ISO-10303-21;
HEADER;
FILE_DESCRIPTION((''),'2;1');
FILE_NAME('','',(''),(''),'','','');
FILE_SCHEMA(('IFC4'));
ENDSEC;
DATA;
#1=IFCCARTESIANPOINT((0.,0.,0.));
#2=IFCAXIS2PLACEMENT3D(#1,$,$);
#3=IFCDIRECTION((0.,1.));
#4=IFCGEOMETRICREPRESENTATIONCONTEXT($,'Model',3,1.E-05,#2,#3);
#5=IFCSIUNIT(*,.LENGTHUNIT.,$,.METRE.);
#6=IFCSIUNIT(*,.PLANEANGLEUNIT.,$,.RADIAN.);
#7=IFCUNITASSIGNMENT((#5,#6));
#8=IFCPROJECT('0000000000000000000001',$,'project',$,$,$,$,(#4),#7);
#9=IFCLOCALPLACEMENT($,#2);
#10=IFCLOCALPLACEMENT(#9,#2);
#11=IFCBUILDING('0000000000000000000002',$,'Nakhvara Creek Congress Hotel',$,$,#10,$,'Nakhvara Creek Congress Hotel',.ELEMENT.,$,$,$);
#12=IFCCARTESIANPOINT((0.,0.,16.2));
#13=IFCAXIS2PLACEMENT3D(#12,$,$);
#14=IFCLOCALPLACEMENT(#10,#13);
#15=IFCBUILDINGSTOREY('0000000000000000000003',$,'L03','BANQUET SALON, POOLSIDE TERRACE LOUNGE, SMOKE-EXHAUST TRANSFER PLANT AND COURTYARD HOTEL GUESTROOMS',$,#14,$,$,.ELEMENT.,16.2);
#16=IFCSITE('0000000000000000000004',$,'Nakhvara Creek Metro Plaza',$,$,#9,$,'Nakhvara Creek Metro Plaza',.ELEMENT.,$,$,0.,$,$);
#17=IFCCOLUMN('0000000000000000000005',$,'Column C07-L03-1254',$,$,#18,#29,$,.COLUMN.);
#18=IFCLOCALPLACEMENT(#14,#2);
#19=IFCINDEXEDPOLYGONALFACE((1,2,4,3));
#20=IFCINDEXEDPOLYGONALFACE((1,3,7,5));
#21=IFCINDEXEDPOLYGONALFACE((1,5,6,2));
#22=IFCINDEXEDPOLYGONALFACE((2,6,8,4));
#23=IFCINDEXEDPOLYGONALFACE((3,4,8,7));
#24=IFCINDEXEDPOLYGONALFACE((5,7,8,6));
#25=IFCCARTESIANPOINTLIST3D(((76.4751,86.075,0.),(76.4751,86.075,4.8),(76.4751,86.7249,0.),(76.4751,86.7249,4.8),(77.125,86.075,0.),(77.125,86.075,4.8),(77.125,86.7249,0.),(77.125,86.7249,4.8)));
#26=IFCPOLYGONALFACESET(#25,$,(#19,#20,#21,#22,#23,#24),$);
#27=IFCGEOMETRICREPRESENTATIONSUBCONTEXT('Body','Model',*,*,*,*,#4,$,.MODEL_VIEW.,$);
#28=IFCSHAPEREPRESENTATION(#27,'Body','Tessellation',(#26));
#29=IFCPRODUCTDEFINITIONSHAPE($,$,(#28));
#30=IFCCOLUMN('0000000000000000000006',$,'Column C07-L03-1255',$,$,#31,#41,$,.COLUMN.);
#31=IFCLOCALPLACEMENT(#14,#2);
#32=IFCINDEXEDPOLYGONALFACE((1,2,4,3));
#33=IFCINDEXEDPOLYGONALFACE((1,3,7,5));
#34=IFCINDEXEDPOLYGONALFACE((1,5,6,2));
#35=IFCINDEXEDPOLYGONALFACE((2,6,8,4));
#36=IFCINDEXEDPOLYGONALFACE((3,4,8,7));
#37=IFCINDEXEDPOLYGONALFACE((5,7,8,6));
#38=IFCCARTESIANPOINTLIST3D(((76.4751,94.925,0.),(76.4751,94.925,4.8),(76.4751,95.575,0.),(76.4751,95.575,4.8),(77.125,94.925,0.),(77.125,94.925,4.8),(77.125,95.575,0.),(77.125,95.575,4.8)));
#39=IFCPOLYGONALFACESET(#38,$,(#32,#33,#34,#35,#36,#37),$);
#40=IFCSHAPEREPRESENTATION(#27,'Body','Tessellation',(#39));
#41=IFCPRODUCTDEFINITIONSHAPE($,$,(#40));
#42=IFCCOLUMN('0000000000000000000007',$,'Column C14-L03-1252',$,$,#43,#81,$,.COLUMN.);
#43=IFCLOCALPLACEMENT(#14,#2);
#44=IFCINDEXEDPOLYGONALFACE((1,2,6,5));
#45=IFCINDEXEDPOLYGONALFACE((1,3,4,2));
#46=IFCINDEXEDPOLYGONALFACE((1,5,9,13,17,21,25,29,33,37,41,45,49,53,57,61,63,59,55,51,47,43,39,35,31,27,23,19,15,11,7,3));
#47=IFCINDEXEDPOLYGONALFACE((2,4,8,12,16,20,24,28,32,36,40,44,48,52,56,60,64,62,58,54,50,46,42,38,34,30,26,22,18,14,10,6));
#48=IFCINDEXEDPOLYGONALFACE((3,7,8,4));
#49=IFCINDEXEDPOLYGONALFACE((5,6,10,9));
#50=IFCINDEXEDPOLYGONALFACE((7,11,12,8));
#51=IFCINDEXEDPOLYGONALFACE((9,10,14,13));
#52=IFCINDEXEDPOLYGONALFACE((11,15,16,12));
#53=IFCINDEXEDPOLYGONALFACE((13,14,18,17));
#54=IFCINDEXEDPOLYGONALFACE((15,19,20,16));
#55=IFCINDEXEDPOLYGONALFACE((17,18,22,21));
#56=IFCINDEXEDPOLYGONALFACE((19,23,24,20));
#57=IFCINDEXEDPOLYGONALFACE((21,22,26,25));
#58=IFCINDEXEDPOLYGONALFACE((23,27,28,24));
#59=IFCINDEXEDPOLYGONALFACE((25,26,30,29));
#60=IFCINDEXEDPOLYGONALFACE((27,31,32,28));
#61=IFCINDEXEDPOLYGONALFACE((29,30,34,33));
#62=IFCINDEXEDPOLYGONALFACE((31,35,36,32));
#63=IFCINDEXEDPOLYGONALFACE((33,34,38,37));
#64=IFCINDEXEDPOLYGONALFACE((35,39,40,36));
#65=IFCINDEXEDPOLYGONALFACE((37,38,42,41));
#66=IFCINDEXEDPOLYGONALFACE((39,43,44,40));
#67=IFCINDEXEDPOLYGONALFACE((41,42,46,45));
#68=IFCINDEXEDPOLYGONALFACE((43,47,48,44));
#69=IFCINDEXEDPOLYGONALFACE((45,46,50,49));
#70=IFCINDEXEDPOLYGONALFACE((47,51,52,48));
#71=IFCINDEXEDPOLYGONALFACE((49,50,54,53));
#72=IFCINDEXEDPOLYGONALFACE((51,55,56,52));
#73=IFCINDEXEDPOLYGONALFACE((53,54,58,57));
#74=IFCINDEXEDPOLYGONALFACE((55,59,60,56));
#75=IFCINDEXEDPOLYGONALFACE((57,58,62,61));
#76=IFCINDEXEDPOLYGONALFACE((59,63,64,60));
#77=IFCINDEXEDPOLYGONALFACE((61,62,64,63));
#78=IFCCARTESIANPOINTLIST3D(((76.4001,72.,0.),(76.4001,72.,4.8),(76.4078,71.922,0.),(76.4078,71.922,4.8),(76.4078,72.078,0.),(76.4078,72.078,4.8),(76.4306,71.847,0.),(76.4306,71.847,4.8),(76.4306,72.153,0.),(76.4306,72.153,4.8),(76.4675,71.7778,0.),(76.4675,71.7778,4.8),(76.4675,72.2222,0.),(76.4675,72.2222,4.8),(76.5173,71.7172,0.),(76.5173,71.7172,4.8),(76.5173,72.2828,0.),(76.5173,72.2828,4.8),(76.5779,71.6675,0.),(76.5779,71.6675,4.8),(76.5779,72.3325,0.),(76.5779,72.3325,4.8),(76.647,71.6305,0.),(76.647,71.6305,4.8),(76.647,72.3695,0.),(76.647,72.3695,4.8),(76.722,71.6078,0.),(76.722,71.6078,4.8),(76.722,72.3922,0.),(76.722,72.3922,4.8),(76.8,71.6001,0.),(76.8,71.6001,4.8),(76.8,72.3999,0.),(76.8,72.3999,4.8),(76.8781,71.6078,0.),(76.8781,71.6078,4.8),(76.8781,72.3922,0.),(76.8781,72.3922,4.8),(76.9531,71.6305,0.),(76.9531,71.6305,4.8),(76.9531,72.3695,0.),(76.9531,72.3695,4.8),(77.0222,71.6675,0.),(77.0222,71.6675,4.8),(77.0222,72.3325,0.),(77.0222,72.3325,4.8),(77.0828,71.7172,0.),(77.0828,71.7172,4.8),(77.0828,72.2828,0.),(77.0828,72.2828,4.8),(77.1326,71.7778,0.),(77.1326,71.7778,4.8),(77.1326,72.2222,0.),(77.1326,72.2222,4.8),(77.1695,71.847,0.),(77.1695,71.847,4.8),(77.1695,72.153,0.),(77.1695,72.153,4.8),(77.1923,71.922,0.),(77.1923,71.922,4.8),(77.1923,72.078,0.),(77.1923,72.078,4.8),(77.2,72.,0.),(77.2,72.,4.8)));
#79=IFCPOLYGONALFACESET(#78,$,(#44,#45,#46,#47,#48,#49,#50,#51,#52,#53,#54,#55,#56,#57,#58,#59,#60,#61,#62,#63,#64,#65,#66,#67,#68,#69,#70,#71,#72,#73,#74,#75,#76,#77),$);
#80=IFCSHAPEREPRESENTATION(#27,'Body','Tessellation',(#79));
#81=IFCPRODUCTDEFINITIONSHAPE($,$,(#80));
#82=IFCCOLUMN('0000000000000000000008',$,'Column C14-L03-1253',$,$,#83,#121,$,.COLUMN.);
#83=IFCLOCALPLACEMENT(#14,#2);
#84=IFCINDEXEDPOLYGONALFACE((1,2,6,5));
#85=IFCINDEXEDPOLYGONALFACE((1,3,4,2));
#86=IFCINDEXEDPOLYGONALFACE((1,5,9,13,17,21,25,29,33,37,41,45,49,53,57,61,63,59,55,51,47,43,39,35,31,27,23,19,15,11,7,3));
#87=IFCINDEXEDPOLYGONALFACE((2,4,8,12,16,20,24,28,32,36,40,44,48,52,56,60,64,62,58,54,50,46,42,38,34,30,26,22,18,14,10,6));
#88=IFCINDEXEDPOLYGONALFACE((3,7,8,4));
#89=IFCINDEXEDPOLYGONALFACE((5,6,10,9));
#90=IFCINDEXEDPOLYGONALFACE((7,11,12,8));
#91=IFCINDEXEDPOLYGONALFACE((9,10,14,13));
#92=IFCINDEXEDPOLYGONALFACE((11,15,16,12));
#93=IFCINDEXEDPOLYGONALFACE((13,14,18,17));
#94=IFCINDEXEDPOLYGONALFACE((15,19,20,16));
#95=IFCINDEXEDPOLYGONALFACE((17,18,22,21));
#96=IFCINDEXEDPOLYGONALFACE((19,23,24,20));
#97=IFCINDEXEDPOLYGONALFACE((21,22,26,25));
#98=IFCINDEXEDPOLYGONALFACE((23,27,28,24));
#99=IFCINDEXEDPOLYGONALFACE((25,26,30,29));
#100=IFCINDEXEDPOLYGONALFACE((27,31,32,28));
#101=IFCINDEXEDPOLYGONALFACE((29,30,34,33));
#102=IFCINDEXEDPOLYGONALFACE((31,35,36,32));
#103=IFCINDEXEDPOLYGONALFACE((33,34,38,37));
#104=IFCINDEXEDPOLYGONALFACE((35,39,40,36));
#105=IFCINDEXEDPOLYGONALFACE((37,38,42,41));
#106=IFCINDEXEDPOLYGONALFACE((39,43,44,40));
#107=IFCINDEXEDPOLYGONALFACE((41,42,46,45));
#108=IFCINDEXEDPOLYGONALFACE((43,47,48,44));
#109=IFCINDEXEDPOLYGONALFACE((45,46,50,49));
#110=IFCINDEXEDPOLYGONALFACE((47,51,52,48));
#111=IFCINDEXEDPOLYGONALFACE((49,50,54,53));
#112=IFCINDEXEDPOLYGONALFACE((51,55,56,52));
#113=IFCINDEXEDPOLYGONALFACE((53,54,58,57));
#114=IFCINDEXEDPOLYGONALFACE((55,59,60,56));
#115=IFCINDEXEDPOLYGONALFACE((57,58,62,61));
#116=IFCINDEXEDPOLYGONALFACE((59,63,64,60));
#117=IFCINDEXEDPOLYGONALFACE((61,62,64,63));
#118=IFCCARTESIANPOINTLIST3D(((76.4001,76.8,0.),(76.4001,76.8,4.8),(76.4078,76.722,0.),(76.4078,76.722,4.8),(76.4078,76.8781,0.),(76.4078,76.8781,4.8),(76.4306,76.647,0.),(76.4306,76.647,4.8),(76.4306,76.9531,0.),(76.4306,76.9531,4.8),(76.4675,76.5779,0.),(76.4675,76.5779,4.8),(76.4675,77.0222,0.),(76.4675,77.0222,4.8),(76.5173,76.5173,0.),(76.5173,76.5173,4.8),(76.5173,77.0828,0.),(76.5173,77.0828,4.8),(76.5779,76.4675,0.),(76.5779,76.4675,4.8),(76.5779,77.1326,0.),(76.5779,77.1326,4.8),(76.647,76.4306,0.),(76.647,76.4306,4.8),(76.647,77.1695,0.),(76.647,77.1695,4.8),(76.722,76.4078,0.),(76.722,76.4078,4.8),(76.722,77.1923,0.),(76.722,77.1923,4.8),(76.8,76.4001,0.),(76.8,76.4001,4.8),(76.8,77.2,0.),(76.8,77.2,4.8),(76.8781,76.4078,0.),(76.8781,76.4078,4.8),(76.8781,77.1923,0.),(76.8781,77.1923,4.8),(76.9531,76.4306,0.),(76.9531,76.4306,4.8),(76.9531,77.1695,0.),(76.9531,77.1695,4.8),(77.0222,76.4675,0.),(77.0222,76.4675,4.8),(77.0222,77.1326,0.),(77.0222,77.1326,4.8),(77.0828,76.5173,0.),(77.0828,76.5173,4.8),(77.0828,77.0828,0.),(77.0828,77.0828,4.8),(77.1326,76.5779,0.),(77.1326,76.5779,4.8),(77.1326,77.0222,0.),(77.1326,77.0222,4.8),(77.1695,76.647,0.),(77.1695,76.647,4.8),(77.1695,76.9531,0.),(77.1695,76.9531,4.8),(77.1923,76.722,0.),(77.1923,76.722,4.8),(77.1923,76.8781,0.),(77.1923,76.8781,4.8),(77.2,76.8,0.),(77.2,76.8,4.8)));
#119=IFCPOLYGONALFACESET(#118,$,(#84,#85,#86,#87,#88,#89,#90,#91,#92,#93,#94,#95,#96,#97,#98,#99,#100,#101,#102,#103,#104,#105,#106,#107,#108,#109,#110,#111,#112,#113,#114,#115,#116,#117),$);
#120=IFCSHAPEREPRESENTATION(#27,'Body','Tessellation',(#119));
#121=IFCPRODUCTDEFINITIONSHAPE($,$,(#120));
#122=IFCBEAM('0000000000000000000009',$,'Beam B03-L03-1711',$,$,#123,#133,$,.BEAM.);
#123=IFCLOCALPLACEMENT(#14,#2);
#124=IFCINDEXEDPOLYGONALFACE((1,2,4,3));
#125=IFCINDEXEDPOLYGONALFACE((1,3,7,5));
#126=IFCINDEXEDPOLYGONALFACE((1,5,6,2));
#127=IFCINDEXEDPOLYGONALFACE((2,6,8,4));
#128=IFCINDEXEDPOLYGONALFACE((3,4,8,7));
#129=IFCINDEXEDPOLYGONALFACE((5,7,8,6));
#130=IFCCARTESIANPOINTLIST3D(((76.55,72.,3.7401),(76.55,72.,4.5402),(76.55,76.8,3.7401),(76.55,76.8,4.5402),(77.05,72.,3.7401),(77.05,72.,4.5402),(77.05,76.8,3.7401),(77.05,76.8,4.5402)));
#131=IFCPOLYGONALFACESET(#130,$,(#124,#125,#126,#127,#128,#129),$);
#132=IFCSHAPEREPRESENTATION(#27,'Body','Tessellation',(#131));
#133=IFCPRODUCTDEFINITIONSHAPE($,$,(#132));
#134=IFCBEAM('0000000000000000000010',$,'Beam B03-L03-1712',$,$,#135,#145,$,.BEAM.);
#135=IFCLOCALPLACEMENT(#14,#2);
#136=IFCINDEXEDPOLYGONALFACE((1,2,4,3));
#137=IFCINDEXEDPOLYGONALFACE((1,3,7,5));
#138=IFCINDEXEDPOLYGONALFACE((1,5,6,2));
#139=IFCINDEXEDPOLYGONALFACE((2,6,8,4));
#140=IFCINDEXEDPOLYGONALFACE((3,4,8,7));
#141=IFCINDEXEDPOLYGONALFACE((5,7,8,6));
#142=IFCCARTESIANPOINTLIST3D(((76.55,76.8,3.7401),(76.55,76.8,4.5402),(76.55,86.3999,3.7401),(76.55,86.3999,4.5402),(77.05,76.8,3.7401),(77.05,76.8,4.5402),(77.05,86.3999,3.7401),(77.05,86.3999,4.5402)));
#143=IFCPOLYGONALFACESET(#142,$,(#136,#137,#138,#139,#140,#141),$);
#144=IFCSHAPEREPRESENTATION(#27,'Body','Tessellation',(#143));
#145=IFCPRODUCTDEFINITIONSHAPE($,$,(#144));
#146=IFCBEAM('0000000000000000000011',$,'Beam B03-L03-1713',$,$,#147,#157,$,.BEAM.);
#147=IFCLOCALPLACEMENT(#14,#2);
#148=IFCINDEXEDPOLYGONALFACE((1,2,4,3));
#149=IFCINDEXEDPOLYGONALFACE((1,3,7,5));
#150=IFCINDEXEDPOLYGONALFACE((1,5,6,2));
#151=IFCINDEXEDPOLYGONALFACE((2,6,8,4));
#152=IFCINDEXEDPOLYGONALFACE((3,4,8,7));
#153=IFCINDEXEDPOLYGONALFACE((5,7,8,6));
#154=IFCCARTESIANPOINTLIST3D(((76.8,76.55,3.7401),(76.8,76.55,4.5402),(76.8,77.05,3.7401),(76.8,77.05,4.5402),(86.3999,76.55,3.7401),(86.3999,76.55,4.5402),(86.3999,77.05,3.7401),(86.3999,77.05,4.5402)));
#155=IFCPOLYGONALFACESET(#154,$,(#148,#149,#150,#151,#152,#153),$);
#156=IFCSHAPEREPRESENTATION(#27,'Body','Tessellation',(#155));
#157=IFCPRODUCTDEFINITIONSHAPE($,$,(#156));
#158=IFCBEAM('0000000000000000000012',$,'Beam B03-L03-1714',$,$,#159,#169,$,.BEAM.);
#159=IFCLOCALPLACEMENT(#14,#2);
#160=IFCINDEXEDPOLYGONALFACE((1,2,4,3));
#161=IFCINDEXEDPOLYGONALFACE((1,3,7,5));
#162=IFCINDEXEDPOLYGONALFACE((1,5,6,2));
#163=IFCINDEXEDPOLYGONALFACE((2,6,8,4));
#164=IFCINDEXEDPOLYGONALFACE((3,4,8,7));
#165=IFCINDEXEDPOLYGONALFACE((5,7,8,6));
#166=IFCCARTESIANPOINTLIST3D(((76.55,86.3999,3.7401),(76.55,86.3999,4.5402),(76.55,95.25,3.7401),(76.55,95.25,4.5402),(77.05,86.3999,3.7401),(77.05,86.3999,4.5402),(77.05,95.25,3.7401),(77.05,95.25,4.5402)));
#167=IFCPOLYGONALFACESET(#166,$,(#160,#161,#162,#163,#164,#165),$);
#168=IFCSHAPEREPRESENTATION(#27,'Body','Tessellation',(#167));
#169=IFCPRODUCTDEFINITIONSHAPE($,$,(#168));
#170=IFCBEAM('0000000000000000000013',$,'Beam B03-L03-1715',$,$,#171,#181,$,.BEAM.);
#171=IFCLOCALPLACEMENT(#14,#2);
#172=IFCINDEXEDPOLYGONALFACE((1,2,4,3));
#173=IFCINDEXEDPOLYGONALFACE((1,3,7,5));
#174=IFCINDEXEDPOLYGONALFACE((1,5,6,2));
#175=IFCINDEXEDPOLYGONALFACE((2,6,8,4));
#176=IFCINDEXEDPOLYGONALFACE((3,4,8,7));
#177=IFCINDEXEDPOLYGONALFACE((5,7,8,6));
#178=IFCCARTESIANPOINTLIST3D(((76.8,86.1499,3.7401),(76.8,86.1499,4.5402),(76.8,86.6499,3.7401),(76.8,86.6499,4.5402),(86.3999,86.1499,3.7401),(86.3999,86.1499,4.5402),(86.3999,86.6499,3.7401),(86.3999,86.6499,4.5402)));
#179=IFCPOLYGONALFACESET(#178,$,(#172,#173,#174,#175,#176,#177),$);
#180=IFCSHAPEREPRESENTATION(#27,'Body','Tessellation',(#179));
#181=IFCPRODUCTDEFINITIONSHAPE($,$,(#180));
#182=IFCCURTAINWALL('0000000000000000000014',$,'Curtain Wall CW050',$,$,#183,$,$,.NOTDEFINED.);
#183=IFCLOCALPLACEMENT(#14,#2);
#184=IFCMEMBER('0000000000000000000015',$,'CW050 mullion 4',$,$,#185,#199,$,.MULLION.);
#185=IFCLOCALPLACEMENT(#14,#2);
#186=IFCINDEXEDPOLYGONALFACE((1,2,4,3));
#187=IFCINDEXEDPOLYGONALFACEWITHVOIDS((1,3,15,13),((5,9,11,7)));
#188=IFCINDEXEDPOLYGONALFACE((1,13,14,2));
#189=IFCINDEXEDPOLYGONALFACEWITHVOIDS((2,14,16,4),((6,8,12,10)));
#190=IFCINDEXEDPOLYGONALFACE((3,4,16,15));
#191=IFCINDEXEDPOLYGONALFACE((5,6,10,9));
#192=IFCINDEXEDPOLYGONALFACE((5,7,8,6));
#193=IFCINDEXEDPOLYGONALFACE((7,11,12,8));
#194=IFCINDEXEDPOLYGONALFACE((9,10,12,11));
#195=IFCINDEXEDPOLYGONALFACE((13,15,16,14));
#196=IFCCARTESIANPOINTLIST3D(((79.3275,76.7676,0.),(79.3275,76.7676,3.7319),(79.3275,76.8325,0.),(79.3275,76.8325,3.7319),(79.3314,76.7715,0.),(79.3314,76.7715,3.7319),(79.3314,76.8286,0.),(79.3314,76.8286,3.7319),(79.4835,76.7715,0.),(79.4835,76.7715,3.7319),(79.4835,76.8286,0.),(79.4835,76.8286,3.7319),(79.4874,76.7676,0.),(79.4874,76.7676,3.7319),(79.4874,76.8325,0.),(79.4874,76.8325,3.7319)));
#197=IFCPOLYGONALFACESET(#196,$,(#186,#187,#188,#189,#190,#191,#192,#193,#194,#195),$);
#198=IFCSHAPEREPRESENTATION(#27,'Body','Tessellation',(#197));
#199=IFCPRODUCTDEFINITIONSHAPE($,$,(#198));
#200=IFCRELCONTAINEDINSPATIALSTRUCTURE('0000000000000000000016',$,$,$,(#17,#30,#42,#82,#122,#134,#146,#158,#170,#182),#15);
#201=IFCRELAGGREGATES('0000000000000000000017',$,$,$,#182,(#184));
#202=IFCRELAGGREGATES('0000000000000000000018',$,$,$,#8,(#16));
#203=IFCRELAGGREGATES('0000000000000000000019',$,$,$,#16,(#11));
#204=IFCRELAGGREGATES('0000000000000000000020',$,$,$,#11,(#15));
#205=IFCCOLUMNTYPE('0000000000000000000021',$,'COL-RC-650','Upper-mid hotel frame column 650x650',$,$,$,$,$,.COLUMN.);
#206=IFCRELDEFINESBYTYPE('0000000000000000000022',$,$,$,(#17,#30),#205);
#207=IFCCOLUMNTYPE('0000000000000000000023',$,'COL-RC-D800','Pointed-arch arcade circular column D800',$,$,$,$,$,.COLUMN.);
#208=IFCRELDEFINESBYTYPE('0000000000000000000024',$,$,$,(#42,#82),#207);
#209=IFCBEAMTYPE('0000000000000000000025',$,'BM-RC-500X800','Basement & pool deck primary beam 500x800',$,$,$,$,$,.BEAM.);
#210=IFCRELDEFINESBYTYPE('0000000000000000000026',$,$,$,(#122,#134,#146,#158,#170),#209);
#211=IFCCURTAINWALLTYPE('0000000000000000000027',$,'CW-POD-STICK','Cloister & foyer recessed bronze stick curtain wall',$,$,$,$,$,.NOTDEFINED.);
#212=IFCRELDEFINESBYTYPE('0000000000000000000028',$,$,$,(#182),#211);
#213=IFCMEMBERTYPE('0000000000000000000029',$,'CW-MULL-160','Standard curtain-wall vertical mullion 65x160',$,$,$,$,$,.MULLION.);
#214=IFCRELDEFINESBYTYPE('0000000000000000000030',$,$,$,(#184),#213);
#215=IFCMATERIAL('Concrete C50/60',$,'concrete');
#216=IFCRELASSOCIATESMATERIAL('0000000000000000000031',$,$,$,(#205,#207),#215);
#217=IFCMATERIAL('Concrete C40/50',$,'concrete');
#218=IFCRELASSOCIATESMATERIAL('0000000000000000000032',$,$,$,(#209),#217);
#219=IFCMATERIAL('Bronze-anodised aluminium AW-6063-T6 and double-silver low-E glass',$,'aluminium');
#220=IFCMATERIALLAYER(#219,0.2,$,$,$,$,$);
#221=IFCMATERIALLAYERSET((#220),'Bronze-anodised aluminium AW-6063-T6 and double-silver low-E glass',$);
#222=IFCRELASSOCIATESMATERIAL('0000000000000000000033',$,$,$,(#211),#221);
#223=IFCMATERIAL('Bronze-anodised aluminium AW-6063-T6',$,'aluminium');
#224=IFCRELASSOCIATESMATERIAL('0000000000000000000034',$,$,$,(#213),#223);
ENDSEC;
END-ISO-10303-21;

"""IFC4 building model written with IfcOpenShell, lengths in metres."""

from ifc_helpers import new_model, si_unit, direction, frame, origin, origin_2d, place, context, subcontext, project, spatial, rectangle, hollow_rectangle, circle, extrude, material, layer, layer_set, material_profile, profile_set, type_object, element, aggregate, save


model = new_model("IFC4")

# Units and contexts
model_context = context("Model", 3, precision=1e-05, world=origin(), true_north=direction((0.0, 1.0)))
body_context = subcontext(model_context, "Body", "Model", "MODEL_VIEW")
ifc_project = project(units=[si_unit("LENGTHUNIT", "METRE"), si_unit("PLANEANGLEUNIT", "RADIAN")], contexts=[model_context])

# Site, building, storey
site_placement = place(None, origin())
site = spatial("IfcSite", under=ifc_project, at=site_placement, Name="Nakhvara Creek Metro Plaza", LongName="Nakhvara Creek Metro Plaza", CompositionType="ELEMENT", RefElevation=0.0)
building_placement = place(site_placement, origin())
building = spatial("IfcBuilding", under=site, at=building_placement, Name="Nakhvara Creek Congress Hotel", LongName="Nakhvara Creek Congress Hotel", CompositionType="ELEMENT")
storey_placement = place(building_placement, frame((0.0, 0.0, 16.2)))
storey = spatial("IfcBuildingStorey", under=building, at=storey_placement, Name="L03", Description="BANQUET SALON, POOLSIDE TERRACE LOUNGE, SMOKE-EXHAUST TRANSFER PLANT AND COURTYARD HOTEL GUESTROOMS", CompositionType="ELEMENT", Elevation=16.2)

# Columns
ifc_material_1 = material(Name="Concrete C50/60", Category="concrete")
ifc_material_profile_1 = material_profile(ifc_material_1, rectangle(XDim=0.6499, YDim=0.6499, at=origin_2d()), Name="RC-COL 650x650", Category="LoadBearing")
ifc_profile_set_1 = profile_set([ifc_material_profile_1], Name="Concrete C50/60")
column_type_1 = type_object("IfcColumnType", Name="COL-RC-650", Description="Upper-mid hotel frame column 650x650", PredefinedType="COLUMN", material=ifc_profile_set_1)
for number, where, z_axis, x_axis, name in (
    (1, (76.8, 86.3999, 0.0), (0.0, 0.0, 1.0), (1.0, 0.0, 0.0), "Column C07-L03-1254"),
    (2, (76.8, 95.25, 0.0), (0.0, 0.0, 1.0), (1.0, 0.0, 0.0), "Column C07-L03-1255"),
):
    element("IfcColumn", number, at=place(storey_placement, frame(where, z_axis=z_axis, x_axis=x_axis)), inside=storey, type_object=column_type_1, Name=name, PredefinedType="COLUMN", context=body_context, shape_type="SweptSolid", body=[
        extrude(rectangle(XDim=0.6499, YDim=0.6499, at=origin_2d()), origin(), (0.0, 0.0, 1.0), 4.8),
    ])
ifc_material_profile_2 = material_profile(ifc_material_1, circle(Radius=0.3999, at=origin_2d()), Name="RC-COL D800", Category="LoadBearing")
ifc_profile_set_2 = profile_set([ifc_material_profile_2], Name="Concrete C50/60")
column_type_2 = type_object("IfcColumnType", Name="COL-RC-D800", Description="Pointed-arch arcade circular column D800", PredefinedType="COLUMN", material=ifc_profile_set_2)
for number, where, z_axis, x_axis, name in (
    (3, (76.8, 72.0, 0.0), (0.0, 0.0, 1.0), (1.0, 0.0, 0.0), "Column C14-L03-1252"),
    (4, (76.8, 76.8, 0.0), (0.0, 0.0, 1.0), (1.0, 0.0, 0.0), "Column C14-L03-1253"),
):
    element("IfcColumn", number, at=place(storey_placement, frame(where, z_axis=z_axis, x_axis=x_axis)), inside=storey, type_object=column_type_2, Name=name, PredefinedType="COLUMN", context=body_context, shape_type="SweptSolid", body=[
        extrude(circle(Radius=0.3999, at=origin_2d()), origin(), (0.0, 0.0, 1.0), 4.8),
    ])

# Beams
ifc_material_2 = material(Name="Concrete C40/50", Category="concrete")
ifc_material_profile_3 = material_profile(ifc_material_2, rectangle(XDim=0.5, YDim=0.8, at=origin_2d()), Name="RC-BM 500x800", Category="LoadBearing")
ifc_profile_set_3 = profile_set([ifc_material_profile_3], Name="Concrete C40/50")
beam_type = type_object("IfcBeamType", Name="BM-RC-500X800", Description="Basement & pool deck primary beam 500x800", PredefinedType="BEAM", material=ifc_profile_set_3)
beam_1_placement = place(storey_placement, frame((76.8, 72.0, 4.1401), z_axis=(0.0, 1.0, 0.0), x_axis=(-1.0, 0.0, 0.0)))
element("IfcBeam", 5, at=beam_1_placement, inside=storey, type_object=beam_type, Name="Beam B03-L03-1711", PredefinedType="BEAM", context=body_context, shape_type="SweptSolid", body=[
    extrude(rectangle(XDim=0.5, YDim=0.8, at=origin_2d()), origin(), (0.0, 0.0, 1.0), 4.8),
])
for number, where, z_axis, x_axis, name in (
    (6, (76.8, 76.8, 4.1401), (0.0, 1.0, 0.0), (-1.0, 0.0, 0.0), "Beam B03-L03-1712"),
    (7, (76.8, 76.8, 4.1401), (1.0, 0.0, 0.0), (0.0, 1.0, 0.0), "Beam B03-L03-1713"),
):
    element("IfcBeam", number, at=place(storey_placement, frame(where, z_axis=z_axis, x_axis=x_axis)), inside=storey, type_object=beam_type, Name=name, PredefinedType="BEAM", context=body_context, shape_type="SweptSolid", body=[
        extrude(rectangle(XDim=0.5, YDim=0.8, at=origin_2d()), origin(), (0.0, 0.0, 1.0), 9.5999),
    ])
beam_2_placement = place(storey_placement, frame((76.8, 86.3999, 4.1401), z_axis=(0.0, 1.0, 0.0), x_axis=(-1.0, 0.0, 0.0)))
element("IfcBeam", 8, at=beam_2_placement, inside=storey, type_object=beam_type, Name="Beam B03-L03-1714", PredefinedType="BEAM", context=body_context, shape_type="SweptSolid", body=[
    extrude(rectangle(XDim=0.5, YDim=0.8, at=origin_2d()), origin(), (0.0, 0.0, 1.0), 8.8501),
])
beam_3_placement = place(storey_placement, frame((76.8, 86.3999, 4.1401), z_axis=(1.0, 0.0, 0.0), x_axis=(0.0, 1.0, 0.0)))
element("IfcBeam", 9, at=beam_3_placement, inside=storey, type_object=beam_type, Name="Beam B03-L03-1715", PredefinedType="BEAM", context=body_context, shape_type="SweptSolid", body=[
    extrude(rectangle(XDim=0.5, YDim=0.8, at=origin_2d()), origin(), (0.0, 0.0, 1.0), 9.5999),
])

# Curtain wall, member
ifc_material_3 = material(Name="Bronze-anodised aluminium AW-6063-T6 and double-silver low-E glass", Category="aluminium")
ifc_layer_1 = layer(ifc_material_3, 0.2)
ifc_layer_set_1 = layer_set([ifc_layer_1], Name="Bronze-anodised aluminium AW-6063-T6 and double-silver low-E glass")
curtain_wall_type = type_object("IfcCurtainWallType", Name="CW-POD-STICK", Description="Cloister & foyer recessed bronze stick curtain wall", PredefinedType="NOTDEFINED", material=ifc_layer_set_1)
curtain_wall_placement = place(storey_placement, origin())
curtain_wall = element("IfcCurtainWall", 10, at=curtain_wall_placement, inside=storey, type_object=curtain_wall_type, Name="Curtain Wall CW050", PredefinedType="NOTDEFINED")
ifc_material_4 = material(Name="Bronze-anodised aluminium AW-6063-T6", Category="aluminium")
ifc_material_profile_4 = material_profile(ifc_material_4, hollow_rectangle(XDim=0.0649, YDim=0.1599, WallThickness=0.0039, at=origin_2d()), Name="ALU-MULL 65x160x4", Category="LoadBearing")
ifc_profile_set_4 = profile_set([ifc_material_profile_4], Name="Bronze-anodised aluminium AW-6063-T6")
member_type_1 = type_object("IfcMemberType", Name="CW-MULL-160", Description="Standard curtain-wall vertical mullion 65x160", PredefinedType="MULLION", material=ifc_profile_set_4)
member_1_placement = place(storey_placement, frame((79.4075, 76.8, 0.0), z_axis=(0.0, 0.0, 1.0), x_axis=(0.0, -1.0, 0.0)))
member_1 = element("IfcMember", 11, at=member_1_placement, type_object=member_type_1, Name="CW050 mullion 4", PredefinedType="MULLION", context=body_context, shape_type="SweptSolid", body=[
    extrude(hollow_rectangle(XDim=0.0649, YDim=0.1599, WallThickness=0.0039, at=origin_2d()), origin(), (0.0, 0.0, 1.0), 3.7319),
])
aggregate(curtain_wall, [member_1])

save(model, "model.ifc")
